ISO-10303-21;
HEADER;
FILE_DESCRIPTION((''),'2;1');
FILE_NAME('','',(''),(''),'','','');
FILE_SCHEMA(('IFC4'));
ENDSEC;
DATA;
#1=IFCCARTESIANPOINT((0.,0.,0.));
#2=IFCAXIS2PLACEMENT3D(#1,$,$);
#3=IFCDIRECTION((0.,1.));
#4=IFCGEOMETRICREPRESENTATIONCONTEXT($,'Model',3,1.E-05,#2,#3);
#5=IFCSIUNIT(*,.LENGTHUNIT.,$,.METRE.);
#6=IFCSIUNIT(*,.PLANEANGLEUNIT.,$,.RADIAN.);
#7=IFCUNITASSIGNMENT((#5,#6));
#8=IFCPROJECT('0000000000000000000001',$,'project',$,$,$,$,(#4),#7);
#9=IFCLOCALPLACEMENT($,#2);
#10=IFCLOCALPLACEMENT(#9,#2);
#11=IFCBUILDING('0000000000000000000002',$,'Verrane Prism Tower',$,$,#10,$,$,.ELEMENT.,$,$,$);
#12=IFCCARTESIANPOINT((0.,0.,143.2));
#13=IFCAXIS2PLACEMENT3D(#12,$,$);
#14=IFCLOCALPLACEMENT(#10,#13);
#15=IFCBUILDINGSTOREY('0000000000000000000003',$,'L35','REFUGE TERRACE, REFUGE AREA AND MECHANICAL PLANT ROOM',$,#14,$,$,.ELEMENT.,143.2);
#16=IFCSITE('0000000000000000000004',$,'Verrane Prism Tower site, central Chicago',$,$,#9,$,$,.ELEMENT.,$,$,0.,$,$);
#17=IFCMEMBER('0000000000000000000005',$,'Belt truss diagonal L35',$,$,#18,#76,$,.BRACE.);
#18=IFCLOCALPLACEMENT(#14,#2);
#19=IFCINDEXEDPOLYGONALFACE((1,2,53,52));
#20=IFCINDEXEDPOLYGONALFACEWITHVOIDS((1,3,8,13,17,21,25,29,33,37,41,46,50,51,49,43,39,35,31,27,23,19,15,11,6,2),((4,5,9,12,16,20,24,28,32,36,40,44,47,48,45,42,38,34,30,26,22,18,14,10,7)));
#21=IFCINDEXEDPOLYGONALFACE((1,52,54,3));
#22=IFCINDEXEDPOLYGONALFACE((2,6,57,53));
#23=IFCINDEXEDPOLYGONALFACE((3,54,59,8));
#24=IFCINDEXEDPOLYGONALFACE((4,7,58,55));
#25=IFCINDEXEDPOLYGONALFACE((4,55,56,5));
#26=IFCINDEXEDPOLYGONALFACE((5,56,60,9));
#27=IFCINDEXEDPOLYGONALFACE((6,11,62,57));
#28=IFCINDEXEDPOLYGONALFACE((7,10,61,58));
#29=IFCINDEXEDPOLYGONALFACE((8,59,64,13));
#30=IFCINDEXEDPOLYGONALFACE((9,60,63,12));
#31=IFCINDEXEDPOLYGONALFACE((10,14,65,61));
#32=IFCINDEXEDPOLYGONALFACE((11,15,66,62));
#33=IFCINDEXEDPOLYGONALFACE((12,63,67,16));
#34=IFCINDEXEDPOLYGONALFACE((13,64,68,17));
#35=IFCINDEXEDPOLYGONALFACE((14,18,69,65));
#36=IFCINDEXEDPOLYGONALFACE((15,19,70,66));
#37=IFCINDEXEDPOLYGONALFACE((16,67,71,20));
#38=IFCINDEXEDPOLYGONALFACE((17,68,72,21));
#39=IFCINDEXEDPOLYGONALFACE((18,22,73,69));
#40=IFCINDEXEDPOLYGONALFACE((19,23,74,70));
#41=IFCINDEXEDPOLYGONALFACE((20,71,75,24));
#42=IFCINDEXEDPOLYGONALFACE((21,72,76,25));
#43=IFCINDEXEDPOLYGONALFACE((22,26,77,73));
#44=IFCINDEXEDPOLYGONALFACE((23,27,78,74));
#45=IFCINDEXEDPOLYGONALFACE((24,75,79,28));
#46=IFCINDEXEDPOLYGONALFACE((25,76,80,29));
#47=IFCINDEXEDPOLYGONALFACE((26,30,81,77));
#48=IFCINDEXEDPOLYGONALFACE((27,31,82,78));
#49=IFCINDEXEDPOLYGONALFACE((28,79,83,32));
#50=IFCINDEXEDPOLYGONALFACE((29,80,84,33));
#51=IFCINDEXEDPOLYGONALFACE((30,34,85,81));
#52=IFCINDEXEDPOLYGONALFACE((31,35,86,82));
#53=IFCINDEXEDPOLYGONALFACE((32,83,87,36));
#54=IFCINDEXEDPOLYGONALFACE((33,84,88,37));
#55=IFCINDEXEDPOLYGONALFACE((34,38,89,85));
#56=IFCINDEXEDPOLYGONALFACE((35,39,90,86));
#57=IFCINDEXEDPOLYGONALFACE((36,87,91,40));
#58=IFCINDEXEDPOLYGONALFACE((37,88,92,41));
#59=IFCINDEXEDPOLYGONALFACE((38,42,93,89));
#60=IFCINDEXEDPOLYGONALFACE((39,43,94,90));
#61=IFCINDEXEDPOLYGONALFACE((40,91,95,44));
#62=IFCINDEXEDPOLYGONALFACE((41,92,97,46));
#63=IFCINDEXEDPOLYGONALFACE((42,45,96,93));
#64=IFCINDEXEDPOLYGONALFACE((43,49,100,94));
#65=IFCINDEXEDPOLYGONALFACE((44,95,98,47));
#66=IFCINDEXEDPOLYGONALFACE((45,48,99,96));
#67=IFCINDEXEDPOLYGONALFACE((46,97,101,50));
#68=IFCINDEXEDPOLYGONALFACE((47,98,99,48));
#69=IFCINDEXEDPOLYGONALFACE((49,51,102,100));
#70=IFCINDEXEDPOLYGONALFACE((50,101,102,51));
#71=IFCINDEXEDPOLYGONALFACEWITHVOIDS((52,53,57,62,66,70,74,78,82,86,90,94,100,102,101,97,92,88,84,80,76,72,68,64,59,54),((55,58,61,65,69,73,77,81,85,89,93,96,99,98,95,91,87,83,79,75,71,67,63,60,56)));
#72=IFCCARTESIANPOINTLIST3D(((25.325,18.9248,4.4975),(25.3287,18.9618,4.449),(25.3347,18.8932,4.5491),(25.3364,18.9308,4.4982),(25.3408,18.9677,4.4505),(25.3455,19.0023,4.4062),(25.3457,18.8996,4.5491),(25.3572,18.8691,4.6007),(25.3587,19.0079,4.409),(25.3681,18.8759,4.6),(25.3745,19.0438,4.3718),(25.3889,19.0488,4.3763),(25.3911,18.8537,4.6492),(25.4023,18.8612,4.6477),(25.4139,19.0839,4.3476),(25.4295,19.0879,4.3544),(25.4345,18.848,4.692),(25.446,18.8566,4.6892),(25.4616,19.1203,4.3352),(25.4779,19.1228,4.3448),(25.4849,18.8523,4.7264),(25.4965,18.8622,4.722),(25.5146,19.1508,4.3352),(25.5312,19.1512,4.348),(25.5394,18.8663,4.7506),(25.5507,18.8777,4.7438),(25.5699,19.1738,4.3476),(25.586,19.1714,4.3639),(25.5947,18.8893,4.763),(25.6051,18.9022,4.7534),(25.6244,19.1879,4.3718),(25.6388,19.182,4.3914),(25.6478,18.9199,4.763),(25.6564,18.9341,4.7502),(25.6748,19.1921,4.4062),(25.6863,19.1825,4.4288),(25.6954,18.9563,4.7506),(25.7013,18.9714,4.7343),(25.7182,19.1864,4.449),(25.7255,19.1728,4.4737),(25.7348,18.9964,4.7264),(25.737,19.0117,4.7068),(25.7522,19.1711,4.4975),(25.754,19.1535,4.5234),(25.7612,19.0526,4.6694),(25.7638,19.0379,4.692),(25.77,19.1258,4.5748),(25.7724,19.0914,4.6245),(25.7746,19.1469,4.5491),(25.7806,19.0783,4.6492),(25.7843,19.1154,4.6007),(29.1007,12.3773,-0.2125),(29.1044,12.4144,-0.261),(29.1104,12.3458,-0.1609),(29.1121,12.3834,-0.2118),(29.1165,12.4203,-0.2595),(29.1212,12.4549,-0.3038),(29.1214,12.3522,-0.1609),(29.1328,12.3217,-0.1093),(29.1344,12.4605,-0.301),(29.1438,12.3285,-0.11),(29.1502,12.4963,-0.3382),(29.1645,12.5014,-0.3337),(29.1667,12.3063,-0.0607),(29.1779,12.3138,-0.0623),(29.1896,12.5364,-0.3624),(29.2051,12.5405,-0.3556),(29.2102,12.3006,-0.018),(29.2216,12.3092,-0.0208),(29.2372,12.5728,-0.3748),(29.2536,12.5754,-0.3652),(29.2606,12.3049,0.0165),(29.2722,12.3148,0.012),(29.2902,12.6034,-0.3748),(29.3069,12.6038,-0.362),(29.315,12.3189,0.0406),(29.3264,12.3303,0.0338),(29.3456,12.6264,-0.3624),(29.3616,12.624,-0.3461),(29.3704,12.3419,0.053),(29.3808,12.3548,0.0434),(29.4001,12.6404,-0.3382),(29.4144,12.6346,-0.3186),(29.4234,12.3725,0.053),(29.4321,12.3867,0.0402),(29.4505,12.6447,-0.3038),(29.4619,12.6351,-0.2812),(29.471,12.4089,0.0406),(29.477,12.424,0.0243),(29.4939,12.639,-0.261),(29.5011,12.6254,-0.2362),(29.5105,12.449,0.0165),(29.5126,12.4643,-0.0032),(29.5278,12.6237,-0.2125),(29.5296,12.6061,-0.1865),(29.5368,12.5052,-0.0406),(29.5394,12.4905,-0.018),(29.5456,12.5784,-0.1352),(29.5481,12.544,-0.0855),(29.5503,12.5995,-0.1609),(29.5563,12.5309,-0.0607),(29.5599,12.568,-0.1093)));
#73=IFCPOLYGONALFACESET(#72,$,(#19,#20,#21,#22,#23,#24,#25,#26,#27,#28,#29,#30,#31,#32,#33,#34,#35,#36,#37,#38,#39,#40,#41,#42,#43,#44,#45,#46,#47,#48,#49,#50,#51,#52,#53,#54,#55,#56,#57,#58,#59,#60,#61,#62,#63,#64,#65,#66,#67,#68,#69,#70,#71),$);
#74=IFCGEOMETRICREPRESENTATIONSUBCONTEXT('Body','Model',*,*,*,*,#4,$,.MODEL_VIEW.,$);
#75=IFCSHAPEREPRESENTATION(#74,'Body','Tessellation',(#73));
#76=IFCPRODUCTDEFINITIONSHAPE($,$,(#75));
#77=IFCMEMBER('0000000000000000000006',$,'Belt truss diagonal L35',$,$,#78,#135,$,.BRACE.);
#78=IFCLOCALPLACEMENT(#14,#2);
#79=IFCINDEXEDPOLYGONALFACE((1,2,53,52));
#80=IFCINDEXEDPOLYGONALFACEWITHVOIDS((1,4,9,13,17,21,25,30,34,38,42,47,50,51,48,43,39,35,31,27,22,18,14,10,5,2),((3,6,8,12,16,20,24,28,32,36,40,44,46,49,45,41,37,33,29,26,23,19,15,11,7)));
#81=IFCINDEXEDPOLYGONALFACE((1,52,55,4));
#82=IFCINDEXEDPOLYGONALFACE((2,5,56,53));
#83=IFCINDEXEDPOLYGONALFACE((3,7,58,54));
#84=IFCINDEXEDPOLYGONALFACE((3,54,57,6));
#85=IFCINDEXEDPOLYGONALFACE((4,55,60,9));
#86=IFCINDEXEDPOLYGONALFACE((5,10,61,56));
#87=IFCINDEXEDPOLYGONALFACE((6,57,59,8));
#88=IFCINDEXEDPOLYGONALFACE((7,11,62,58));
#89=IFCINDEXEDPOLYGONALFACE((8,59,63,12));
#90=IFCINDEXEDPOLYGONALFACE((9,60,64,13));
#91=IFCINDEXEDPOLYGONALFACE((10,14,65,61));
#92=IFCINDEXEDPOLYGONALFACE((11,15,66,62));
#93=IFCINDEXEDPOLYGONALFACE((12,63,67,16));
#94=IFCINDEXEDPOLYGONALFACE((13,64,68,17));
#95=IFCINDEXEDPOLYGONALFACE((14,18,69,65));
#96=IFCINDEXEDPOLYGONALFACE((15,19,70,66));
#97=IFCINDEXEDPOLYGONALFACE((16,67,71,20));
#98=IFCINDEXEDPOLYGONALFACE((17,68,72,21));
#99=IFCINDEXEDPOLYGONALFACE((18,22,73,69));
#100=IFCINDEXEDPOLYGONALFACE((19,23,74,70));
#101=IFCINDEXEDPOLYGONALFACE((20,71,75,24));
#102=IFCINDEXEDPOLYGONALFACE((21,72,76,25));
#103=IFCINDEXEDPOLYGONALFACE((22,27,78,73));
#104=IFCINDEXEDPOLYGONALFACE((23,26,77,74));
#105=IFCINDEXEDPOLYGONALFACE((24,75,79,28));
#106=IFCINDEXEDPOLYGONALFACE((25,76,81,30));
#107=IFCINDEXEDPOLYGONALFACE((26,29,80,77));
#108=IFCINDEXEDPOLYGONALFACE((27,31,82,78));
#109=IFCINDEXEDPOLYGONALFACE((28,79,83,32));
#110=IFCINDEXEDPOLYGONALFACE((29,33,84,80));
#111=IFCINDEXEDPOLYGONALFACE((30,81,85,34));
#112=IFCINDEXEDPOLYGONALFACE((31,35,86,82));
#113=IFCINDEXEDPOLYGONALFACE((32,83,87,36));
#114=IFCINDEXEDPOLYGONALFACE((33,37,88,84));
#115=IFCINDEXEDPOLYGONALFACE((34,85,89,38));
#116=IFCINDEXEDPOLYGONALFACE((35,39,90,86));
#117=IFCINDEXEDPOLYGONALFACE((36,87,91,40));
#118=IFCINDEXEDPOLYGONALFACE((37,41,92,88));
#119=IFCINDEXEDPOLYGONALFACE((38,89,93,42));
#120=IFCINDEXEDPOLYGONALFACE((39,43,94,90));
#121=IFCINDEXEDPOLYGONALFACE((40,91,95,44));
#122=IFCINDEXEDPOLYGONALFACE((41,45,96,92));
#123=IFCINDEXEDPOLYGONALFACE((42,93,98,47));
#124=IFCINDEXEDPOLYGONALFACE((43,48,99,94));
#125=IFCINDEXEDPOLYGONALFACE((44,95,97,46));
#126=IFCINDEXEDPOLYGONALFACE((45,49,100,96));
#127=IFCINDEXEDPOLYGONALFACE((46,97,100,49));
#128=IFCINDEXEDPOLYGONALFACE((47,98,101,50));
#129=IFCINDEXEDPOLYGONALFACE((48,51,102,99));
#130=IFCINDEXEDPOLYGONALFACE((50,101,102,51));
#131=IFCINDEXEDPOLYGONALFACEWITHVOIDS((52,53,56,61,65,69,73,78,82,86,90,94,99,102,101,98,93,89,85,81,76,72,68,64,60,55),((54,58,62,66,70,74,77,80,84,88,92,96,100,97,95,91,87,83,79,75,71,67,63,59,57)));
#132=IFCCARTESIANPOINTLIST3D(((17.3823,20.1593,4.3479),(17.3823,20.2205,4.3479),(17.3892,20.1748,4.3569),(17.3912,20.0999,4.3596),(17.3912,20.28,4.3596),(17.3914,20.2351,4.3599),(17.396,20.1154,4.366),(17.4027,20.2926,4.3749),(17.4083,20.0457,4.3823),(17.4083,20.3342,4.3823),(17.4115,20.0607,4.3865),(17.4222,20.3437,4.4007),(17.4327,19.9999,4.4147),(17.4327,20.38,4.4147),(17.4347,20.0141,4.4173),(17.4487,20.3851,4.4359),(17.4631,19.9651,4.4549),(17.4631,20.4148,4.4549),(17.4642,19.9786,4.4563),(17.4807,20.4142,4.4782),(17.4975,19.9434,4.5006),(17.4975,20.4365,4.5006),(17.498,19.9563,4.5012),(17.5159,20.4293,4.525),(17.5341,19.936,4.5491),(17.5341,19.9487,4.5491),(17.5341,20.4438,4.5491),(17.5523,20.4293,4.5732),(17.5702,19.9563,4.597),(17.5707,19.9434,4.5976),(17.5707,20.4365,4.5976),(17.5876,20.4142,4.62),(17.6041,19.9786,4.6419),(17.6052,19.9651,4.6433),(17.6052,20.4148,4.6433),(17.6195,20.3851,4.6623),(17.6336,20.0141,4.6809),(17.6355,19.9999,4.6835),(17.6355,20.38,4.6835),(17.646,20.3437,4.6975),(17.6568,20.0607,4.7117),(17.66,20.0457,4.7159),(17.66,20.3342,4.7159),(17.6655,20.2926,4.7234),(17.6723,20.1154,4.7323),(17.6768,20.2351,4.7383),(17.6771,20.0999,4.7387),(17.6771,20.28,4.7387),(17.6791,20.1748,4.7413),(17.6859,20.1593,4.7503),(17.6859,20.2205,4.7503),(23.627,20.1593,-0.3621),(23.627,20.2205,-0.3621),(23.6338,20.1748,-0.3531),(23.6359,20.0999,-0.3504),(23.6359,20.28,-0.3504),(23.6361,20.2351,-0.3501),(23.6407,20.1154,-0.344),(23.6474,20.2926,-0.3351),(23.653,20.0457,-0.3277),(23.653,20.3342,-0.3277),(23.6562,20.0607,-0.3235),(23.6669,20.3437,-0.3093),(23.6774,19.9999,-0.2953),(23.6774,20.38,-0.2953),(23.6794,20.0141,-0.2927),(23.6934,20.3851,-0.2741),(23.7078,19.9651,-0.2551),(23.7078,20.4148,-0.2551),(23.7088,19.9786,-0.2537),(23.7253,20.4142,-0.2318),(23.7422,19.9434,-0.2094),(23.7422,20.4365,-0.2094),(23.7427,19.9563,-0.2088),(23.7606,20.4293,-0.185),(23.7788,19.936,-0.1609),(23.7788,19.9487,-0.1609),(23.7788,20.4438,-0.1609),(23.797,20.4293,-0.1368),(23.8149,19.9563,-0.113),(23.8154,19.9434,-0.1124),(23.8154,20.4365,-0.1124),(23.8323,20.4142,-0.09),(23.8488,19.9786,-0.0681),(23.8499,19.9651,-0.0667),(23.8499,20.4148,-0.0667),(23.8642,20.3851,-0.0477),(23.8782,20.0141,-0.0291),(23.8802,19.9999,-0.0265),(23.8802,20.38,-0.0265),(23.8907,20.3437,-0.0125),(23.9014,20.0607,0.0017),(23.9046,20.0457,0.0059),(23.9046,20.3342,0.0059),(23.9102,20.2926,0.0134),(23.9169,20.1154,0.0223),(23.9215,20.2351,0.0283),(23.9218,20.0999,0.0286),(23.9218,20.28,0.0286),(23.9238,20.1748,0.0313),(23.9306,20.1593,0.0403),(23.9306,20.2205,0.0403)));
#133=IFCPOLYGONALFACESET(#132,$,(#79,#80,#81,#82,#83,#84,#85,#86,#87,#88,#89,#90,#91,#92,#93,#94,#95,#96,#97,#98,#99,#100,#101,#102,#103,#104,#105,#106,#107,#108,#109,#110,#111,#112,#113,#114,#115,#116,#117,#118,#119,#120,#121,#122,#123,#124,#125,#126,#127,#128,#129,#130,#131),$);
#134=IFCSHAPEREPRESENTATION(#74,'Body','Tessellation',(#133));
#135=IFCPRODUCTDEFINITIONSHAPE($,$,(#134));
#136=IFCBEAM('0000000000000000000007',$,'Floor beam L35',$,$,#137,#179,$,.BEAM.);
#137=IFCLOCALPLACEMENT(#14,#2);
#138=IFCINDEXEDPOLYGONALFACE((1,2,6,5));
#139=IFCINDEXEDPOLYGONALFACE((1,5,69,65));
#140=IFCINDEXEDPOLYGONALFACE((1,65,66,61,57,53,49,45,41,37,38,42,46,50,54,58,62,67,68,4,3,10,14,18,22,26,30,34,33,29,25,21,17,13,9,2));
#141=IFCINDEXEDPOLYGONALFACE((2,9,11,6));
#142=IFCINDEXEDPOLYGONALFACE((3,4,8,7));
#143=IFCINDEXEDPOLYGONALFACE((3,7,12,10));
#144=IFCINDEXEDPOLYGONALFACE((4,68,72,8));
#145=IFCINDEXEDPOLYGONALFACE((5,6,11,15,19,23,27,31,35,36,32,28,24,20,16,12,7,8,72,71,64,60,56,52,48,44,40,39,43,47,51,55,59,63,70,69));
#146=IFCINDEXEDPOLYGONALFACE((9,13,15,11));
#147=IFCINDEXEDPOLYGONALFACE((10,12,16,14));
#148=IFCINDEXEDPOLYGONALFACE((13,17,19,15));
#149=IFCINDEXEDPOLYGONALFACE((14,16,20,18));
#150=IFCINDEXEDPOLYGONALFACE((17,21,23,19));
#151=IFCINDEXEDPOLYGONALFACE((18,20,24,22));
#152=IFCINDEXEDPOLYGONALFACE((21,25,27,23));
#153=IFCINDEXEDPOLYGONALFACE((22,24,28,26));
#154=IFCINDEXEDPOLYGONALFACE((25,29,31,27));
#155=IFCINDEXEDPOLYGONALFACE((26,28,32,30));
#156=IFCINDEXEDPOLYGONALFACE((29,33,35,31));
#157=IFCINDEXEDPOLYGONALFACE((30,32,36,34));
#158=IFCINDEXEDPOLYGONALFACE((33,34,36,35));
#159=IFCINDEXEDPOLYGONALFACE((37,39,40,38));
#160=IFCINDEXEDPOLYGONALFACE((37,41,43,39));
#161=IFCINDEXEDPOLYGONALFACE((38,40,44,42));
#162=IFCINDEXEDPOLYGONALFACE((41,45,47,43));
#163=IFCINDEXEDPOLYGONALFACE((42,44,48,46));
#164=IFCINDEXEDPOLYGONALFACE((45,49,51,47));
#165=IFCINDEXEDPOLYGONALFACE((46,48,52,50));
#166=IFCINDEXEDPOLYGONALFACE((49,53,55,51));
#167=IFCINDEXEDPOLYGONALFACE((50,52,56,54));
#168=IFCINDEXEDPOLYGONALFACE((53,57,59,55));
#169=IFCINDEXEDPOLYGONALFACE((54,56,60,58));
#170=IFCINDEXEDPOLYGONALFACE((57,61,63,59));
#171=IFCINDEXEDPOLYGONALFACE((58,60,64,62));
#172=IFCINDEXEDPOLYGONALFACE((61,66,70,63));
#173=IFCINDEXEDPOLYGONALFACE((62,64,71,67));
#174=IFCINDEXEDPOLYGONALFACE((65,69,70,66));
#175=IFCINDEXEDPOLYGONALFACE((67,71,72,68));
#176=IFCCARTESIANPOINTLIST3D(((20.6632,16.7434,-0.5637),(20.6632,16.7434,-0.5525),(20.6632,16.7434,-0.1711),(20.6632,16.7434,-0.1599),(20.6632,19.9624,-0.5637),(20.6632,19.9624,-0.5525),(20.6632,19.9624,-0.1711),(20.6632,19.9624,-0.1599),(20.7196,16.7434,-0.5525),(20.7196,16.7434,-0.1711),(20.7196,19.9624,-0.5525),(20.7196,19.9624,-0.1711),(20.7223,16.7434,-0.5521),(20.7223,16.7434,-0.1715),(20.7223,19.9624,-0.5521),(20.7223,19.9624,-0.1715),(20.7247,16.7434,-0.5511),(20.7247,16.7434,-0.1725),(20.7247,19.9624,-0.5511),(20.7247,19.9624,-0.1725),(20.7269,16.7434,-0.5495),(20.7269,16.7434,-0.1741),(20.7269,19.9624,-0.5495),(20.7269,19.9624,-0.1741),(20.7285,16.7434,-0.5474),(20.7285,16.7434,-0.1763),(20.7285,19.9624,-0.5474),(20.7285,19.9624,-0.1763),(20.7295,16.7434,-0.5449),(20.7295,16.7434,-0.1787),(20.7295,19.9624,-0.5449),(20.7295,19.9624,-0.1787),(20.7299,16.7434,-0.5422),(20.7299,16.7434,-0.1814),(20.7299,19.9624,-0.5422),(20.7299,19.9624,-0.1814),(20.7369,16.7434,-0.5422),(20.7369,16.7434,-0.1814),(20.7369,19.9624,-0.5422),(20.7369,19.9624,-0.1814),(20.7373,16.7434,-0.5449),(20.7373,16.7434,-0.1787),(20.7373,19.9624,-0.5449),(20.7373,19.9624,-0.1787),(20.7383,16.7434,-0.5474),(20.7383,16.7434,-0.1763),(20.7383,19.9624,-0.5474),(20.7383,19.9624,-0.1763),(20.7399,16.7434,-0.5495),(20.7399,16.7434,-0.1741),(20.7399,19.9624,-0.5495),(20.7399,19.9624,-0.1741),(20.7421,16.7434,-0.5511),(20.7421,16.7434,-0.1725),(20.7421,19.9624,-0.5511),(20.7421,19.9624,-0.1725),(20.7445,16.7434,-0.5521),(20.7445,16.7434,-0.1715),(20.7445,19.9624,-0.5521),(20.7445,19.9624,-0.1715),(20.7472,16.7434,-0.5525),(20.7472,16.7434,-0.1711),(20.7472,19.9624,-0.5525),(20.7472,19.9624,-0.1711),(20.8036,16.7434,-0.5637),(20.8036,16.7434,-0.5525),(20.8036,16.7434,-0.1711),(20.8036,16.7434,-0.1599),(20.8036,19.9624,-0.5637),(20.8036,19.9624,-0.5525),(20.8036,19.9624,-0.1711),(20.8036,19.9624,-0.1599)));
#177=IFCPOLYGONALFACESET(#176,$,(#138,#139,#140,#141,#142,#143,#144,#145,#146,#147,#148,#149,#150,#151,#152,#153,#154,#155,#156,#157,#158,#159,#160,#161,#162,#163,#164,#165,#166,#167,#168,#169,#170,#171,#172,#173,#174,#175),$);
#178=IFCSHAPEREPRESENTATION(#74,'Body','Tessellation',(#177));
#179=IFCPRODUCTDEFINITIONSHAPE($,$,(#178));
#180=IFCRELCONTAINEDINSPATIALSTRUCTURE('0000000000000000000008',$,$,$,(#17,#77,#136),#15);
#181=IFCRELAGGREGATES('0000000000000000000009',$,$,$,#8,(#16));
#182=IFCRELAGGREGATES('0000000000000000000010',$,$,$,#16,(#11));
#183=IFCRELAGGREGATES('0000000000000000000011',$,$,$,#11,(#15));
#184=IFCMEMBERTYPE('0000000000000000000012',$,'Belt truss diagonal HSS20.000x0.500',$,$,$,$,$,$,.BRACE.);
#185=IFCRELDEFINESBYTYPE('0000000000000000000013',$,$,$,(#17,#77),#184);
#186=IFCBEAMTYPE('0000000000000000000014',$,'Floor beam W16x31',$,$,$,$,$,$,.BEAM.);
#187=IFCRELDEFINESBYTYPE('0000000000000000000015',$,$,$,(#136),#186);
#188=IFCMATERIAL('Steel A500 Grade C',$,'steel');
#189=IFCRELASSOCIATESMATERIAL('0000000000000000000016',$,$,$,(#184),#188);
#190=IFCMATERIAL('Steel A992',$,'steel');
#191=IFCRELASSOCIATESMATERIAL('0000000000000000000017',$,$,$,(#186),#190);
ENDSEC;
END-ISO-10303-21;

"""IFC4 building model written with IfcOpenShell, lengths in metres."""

from ifc_helpers import new_model, si_unit, direction, frame, origin, origin_2d, place, context, subcontext, project, spatial, hollow_circle, i_section, extrude, material, material_profile, profile_set, type_object, element, save


model = new_model("IFC4")

# Units and contexts
model_context = context("Model", 3, precision=1e-05, world=origin(), true_north=direction((0.0, 1.0)))
body_context = subcontext(model_context, "Body", "Model", "MODEL_VIEW")
ifc_project = project(units=[si_unit("LENGTHUNIT", "METRE"), si_unit("PLANEANGLEUNIT", "RADIAN")], contexts=[model_context])

# Site, building, storey
site_placement = place(None, origin())
site = spatial("IfcSite", under=ifc_project, at=site_placement, Name="Verrane Prism Tower site, central Chicago", CompositionType="ELEMENT", RefElevation=0.0)
building_placement = place(site_placement, origin())
building = spatial("IfcBuilding", under=site, at=building_placement, Name="Verrane Prism Tower", CompositionType="ELEMENT")
storey_placement = place(building_placement, frame((0.0, 0.0, 143.2)))
storey = spatial("IfcBuildingStorey", under=building, at=storey_placement, Name="L35", Description="REFUGE TERRACE, REFUGE AREA AND MECHANICAL PLANT ROOM", CompositionType="ELEMENT", Elevation=143.2)

# Members
ifc_material_1 = material(Name="Steel A500 Grade C", Category="steel")
ifc_material_profile_1 = material_profile(ifc_material_1, hollow_circle(Radius=0.2539, WallThickness=0.0127, at=origin_2d()), Name="HSS20.000x0.500")
ifc_profile_set_1 = profile_set([ifc_material_profile_1], Name="Steel A500 Grade C")
member_type_1 = type_object("IfcMemberType", Name="Belt truss diagonal HSS20.000x0.500", PredefinedType="BRACE", material=ifc_profile_set_1)
member_1_placement = place(storey_placement, frame((29.3303, 12.4727, -0.1609), z_axis=(-0.423969, 0.735208, 0.528885), x_axis=(-0.866282, -0.499555, 0.0)))
element("IfcMember", 1, at=member_1_placement, inside=storey, type_object=member_type_1, Name="Belt truss diagonal L35", PredefinedType="BRACE", context=body_context, shape_type="SweptSolid", body=[
    extrude(hollow_circle(Radius=0.2539, WallThickness=0.0127, at=origin_2d()), origin(), (0.0, 0.0, 1.0), 8.9055),
])
member_2_placement = place(storey_placement, frame((23.7788, 20.1899, -0.1609), z_axis=(-0.798371, 0.0, 0.602165), x_axis=(0.0, -1.0, 0.0)))
element("IfcMember", 2, at=member_2_placement, inside=storey, type_object=member_type_1, Name="Belt truss diagonal L35", PredefinedType="BRACE", context=body_context, shape_type="SweptSolid", body=[
    extrude(hollow_circle(Radius=0.2539, WallThickness=0.0127, at=origin_2d()), origin(), (0.0, 0.0, 1.0), 7.8218),
])

# Beam
ifc_material_2 = material(Name="Steel A992", Category="steel")
ifc_material_profile_2 = material_profile(ifc_material_2, i_section(OverallWidth=0.1404, OverallDepth=0.4038, WebThickness=0.0071, FlangeThickness=0.0112, FilletRadius=0.0103, at=origin_2d()), Name="W16x31")
ifc_profile_set_2 = profile_set([ifc_material_profile_2], Name="Steel A992")
beam_type_1 = type_object("IfcBeamType", Name="Floor beam W16x31", PredefinedType="BEAM", material=ifc_profile_set_2)
beam_1_placement = place(storey_placement, frame((20.7334, 16.7434, -0.3618), z_axis=(0.0, 1.0, 0.0), x_axis=(-1.0, 0.0, 0.0)))
element("IfcBeam", 3, at=beam_1_placement, inside=storey, type_object=beam_type_1, Name="Floor beam L35", PredefinedType="BEAM", context=body_context, shape_type="SweptSolid", body=[
    extrude(i_section(OverallWidth=0.1404, OverallDepth=0.4038, WebThickness=0.0071, FlangeThickness=0.0112, FilletRadius=0.0103, at=origin_2d()), origin(), (0.0, 0.0, 1.0), 3.219),
])

save(model, "model.ifc")
